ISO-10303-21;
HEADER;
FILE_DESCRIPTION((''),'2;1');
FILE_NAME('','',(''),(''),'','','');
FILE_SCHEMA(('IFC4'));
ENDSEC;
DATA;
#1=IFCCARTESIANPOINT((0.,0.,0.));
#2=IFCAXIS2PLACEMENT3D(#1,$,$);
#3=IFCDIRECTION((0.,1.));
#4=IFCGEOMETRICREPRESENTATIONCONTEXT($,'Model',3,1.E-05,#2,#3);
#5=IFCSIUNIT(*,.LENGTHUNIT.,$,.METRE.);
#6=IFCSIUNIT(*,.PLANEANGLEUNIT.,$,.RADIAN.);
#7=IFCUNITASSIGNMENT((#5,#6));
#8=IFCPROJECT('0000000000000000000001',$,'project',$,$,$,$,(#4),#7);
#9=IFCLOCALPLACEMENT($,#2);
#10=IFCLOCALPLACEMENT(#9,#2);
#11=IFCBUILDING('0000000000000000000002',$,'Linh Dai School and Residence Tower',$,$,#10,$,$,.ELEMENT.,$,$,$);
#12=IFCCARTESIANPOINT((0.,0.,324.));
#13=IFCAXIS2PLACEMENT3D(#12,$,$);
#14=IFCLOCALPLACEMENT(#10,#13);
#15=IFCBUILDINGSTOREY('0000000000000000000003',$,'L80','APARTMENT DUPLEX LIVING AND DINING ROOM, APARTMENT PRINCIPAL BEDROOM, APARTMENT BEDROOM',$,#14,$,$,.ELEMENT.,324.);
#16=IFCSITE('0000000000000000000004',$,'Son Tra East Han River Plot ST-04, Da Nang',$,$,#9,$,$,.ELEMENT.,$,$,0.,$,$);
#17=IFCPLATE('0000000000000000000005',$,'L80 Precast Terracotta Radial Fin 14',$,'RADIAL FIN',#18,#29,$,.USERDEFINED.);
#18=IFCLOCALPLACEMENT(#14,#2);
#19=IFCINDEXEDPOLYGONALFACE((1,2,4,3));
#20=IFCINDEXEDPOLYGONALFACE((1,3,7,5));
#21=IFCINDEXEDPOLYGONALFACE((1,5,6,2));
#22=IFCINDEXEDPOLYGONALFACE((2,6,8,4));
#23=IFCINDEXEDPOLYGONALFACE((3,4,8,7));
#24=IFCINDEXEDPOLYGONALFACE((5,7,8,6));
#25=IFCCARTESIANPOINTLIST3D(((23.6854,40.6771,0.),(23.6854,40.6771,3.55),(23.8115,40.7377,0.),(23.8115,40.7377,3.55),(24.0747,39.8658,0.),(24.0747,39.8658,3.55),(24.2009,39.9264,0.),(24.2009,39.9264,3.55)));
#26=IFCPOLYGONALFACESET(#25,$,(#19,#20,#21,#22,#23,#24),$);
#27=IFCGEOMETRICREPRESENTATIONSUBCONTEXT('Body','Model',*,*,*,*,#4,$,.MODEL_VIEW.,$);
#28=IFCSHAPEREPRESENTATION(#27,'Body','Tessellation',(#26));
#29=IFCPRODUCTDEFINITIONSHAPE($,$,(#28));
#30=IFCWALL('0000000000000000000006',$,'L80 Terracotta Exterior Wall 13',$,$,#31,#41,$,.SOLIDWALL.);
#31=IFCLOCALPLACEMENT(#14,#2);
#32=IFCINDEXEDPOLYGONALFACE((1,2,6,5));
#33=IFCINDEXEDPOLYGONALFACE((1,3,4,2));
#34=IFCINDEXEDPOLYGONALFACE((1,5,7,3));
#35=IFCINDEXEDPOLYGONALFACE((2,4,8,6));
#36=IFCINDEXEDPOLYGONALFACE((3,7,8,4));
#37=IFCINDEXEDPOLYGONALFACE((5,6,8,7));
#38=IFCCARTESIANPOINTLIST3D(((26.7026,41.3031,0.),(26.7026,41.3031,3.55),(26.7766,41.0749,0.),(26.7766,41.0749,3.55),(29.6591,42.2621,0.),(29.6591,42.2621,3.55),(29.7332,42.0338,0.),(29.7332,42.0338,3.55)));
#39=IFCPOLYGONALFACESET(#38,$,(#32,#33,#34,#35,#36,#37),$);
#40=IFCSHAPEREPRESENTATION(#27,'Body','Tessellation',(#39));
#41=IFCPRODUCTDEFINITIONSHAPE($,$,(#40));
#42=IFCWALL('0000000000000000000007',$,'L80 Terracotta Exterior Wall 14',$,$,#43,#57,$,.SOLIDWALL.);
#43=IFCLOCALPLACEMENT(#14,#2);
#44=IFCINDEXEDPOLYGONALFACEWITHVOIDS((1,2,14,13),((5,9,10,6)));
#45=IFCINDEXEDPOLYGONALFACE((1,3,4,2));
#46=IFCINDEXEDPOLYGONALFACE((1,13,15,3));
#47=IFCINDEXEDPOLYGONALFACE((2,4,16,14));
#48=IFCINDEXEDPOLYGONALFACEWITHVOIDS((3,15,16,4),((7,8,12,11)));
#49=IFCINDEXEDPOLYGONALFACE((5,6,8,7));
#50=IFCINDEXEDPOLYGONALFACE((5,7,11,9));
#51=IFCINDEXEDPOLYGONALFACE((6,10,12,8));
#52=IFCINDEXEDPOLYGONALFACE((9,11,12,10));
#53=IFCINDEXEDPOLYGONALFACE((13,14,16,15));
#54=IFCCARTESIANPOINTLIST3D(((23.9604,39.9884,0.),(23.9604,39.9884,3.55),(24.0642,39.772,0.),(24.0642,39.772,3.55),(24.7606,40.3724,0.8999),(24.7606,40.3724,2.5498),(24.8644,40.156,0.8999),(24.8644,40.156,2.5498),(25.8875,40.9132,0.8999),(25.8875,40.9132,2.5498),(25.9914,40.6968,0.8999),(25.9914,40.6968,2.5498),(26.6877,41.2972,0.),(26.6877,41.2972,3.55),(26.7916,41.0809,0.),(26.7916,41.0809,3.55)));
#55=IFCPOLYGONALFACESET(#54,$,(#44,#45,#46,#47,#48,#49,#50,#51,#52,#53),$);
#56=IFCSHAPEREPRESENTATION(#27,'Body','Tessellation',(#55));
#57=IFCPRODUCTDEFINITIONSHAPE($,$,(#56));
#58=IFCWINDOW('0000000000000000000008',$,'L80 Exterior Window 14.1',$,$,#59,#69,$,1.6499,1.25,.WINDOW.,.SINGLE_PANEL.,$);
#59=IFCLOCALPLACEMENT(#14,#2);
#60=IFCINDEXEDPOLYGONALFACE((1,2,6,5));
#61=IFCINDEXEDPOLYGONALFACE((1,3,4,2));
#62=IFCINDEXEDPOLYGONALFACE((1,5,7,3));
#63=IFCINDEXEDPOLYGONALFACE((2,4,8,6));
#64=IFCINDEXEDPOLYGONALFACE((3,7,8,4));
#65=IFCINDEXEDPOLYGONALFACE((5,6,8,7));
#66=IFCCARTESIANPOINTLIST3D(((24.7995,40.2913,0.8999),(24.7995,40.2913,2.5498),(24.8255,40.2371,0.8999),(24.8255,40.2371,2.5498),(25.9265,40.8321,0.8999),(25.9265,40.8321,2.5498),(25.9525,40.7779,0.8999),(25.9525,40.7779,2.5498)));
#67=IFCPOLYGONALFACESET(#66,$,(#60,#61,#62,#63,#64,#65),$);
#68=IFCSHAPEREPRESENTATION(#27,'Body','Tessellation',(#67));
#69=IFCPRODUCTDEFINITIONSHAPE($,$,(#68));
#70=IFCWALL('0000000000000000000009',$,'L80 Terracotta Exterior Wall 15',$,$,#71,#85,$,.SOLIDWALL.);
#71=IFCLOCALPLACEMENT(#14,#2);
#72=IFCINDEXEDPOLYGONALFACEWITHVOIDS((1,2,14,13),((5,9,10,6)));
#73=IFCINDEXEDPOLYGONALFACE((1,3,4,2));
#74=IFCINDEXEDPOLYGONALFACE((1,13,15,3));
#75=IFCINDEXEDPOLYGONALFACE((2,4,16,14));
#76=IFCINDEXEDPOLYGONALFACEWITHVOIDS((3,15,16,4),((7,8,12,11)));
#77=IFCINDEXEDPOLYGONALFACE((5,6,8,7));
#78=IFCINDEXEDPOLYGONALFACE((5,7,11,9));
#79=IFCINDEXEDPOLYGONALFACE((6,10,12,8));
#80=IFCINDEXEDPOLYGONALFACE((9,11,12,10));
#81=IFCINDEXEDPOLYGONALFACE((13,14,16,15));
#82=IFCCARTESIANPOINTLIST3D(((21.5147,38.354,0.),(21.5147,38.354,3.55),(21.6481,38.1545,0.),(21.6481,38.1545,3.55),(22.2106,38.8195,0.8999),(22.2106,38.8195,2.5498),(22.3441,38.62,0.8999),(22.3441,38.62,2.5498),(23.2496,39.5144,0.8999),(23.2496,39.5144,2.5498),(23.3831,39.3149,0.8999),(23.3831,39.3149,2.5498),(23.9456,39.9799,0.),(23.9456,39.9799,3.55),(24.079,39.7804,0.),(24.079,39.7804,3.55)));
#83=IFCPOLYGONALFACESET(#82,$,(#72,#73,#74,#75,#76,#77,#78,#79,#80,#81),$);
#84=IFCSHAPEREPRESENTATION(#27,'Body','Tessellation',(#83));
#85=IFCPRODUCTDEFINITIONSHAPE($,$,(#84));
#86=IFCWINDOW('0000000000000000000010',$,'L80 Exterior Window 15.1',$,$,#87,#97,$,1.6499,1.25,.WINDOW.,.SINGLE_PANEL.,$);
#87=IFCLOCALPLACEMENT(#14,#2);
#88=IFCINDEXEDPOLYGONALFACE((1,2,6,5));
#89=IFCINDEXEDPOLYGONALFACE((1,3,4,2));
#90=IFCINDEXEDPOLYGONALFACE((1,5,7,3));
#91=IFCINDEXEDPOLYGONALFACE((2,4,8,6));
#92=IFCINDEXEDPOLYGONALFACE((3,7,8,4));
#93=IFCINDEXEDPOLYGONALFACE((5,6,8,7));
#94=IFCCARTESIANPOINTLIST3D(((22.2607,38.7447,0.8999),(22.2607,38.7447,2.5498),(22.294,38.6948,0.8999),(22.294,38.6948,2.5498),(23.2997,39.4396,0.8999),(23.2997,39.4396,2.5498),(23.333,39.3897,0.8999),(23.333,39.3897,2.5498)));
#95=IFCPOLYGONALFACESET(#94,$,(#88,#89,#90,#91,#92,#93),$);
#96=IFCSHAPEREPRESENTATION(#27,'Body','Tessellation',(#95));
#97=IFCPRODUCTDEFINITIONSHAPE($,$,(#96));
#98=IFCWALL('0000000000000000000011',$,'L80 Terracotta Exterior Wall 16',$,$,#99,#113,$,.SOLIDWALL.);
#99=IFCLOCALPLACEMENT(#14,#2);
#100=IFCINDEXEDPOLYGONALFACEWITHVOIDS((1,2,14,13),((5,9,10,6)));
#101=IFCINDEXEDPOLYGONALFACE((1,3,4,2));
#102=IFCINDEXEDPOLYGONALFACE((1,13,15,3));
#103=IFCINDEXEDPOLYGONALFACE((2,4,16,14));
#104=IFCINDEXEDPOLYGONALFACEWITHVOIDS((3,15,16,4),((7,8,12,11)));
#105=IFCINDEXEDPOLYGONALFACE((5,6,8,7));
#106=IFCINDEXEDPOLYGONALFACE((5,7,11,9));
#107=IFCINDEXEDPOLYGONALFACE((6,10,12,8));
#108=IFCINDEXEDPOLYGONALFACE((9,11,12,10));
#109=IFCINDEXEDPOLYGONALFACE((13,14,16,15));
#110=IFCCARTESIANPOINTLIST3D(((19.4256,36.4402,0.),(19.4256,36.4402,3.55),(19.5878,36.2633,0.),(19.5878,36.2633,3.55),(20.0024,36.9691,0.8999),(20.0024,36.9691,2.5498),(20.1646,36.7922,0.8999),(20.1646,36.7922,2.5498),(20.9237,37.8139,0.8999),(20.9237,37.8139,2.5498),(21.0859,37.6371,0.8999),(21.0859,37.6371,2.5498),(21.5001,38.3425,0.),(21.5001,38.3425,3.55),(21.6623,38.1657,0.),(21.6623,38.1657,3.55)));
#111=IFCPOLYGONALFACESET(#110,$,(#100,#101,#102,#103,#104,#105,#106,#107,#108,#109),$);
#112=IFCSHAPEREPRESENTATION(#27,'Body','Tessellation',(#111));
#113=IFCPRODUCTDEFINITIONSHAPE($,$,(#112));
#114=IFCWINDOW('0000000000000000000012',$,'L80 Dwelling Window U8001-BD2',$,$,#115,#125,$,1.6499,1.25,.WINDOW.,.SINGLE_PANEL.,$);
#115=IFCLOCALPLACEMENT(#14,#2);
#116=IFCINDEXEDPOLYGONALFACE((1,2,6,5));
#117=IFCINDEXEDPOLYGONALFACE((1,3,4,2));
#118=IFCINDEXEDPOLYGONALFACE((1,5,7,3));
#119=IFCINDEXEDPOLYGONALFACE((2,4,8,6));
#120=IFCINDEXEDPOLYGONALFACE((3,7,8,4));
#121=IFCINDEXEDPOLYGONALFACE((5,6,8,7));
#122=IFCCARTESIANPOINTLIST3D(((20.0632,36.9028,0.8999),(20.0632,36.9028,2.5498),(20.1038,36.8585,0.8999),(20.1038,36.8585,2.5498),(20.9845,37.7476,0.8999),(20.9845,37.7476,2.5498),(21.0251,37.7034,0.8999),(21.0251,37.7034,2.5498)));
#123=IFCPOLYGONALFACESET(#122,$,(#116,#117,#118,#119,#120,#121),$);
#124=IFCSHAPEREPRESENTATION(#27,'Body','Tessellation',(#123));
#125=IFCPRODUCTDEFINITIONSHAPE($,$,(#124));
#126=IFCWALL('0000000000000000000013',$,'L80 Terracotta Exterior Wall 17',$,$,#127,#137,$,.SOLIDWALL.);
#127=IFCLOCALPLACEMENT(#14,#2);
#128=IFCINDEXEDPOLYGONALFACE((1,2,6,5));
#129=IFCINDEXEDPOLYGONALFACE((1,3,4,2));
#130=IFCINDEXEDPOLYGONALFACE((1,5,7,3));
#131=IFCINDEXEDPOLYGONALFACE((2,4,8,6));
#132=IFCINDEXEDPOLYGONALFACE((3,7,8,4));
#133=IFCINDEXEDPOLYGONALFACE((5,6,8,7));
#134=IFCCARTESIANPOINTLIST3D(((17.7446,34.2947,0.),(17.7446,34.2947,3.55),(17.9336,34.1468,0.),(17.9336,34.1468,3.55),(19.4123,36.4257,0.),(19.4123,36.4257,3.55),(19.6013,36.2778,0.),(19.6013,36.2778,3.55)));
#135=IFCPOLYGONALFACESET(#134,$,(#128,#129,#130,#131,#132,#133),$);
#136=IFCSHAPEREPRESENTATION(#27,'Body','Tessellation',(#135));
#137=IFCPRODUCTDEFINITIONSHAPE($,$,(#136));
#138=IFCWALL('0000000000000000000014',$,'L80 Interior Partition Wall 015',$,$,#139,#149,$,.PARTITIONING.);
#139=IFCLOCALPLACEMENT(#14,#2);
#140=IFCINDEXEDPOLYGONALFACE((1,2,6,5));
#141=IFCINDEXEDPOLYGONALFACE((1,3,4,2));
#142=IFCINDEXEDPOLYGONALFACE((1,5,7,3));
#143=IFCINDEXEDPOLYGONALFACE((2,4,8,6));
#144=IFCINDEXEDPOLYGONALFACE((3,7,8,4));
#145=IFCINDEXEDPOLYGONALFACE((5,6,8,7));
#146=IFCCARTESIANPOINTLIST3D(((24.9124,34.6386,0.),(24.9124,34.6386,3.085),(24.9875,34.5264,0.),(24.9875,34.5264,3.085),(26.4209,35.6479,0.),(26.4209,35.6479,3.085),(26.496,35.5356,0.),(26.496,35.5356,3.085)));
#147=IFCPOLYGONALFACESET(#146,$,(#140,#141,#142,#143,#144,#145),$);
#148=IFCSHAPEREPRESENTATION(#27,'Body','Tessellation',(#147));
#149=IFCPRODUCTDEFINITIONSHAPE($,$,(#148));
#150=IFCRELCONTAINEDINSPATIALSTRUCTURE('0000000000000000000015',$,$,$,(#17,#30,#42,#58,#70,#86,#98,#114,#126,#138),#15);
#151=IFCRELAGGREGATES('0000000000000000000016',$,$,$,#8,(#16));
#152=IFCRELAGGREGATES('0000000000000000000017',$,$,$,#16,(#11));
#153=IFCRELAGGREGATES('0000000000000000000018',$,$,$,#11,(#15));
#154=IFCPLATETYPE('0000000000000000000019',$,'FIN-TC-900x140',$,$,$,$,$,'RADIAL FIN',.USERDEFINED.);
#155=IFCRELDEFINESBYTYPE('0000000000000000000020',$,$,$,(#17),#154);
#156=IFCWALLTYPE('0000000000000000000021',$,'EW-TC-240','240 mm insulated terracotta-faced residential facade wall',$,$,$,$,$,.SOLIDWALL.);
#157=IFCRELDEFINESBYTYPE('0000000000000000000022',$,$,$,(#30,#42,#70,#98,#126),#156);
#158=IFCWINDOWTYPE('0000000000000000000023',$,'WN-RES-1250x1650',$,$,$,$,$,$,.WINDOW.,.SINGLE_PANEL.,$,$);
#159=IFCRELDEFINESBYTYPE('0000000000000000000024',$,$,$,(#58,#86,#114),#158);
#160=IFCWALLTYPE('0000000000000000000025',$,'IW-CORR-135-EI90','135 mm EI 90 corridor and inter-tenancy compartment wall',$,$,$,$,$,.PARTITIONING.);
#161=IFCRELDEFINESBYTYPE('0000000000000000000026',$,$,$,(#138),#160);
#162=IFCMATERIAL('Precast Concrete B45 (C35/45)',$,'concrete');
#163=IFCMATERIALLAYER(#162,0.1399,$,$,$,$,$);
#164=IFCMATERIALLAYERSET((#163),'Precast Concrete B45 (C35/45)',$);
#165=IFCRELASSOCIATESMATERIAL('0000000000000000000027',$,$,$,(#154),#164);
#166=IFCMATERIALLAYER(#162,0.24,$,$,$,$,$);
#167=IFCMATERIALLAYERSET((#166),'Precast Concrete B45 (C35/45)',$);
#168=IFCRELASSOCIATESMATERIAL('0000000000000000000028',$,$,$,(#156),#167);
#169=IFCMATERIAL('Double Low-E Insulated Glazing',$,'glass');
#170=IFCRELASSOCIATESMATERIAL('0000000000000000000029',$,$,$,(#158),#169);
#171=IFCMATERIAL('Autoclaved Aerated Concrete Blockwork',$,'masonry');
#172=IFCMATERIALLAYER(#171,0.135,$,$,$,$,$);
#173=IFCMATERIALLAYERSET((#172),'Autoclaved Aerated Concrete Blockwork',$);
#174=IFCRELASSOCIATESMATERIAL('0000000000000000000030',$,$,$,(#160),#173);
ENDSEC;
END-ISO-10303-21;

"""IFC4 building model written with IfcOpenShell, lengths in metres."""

from ifc_helpers import new_model, si_unit, direction, frame, frame_2d, origin, origin_2d, place, context, subcontext, project, spatial, rectangle, extrude, source, transform, mapped, material, layer, layer_set, type_object, element, fill, save


model = new_model("IFC4")

# Units and contexts
model_context = context("Model", 3, precision=1e-05, world=origin(), true_north=direction((0.0, 1.0)))
body_context = subcontext(model_context, "Body", "Model", "MODEL_VIEW")
ifc_project = project(units=[si_unit("LENGTHUNIT", "METRE"), si_unit("PLANEANGLEUNIT", "RADIAN")], contexts=[model_context])

# Site, building, storey
site_placement = place(None, origin())
site = spatial("IfcSite", under=ifc_project, at=site_placement, Name="Son Tra East Han River Plot ST-04, Da Nang", CompositionType="ELEMENT", RefElevation=0.0)
building_placement = place(site_placement, origin())
building = spatial("IfcBuilding", under=site, at=building_placement, Name="Linh Dai School and Residence Tower", CompositionType="ELEMENT")
storey_placement = place(building_placement, frame((0.0, 0.0, 324.0)))
storey = spatial("IfcBuildingStorey", under=building, at=storey_placement, Name="L80", Description="APARTMENT DUPLEX LIVING AND DINING ROOM, APARTMENT PRINCIPAL BEDROOM, APARTMENT BEDROOM", CompositionType="ELEMENT", Elevation=324.0)

# Plate
ifc_material_1 = material(Name="Precast Concrete B45 (C35/45)", Category="concrete")
ifc_layer_1 = layer(ifc_material_1, 0.1399)
ifc_layer_set_1 = layer_set([ifc_layer_1], Name="Precast Concrete B45 (C35/45)")
plate_type = type_object("IfcPlateType", Name="FIN-TC-900x140", ElementType="RADIAL FIN", PredefinedType="USERDEFINED", material=ifc_layer_set_1)
shared_shape_1 = source(origin(), body_context, "Body", "SweptSolid", [
    extrude(rectangle(XDim=0.8999, YDim=0.1399, at=origin_2d()), origin(), (0.0, 0.0, 1.0), 3.55),
])
plate_placement = place(storey_placement, frame((23.9431, 40.3018, 0.0), z_axis=(0.0, 0.0, 1.0), x_axis=(-0.432674, 0.901551, 0.0)))
element("IfcPlate", 1, at=plate_placement, inside=storey, type_object=plate_type, Name="L80 Precast Terracotta Radial Fin 14", ObjectType="RADIAL FIN", PredefinedType="USERDEFINED", context=body_context, shape_type="MappedRepresentation", body=[
    mapped(shared_shape_1, transform((0.0, 0.0, 0.0), x_axis=(1.0, 0.0, 0.0), y_axis=(0.0, 1.0, 0.0), z_axis=(0.0, 0.0, 1.0), scale=1.0)),
])

# Wall
ifc_layer_2 = layer(ifc_material_1, 0.24)
ifc_layer_set_2 = layer_set([ifc_layer_2], Name="Precast Concrete B45 (C35/45)")
wall_type_1 = type_object("IfcWallType", Name="EW-TC-240", Description="240 mm insulated terracotta-faced residential facade wall", PredefinedType="SOLIDWALL", material=ifc_layer_set_2)
wall_1_placement = place(storey_placement, frame((26.7395, 41.189, 0.0), z_axis=(0.0, 0.0, 1.0), x_axis=(0.951213, 0.308535, 0.0)))
element("IfcWall", 2, at=wall_1_placement, inside=storey, type_object=wall_type_1, Name="L80 Terracotta Exterior Wall 13", PredefinedType="SOLIDWALL", context=body_context, shape_type="SweptSolid", body=[
    extrude(rectangle(XDim=3.1082, YDim=0.24, at=frame_2d((1.5542, 0.0))), origin(), (0.0, 0.0, 1.0), 3.55),
])

# Walls, openings, windows
wall_2_placement = place(storey_placement, frame((24.0122, 39.8801, 0.0), z_axis=(0.0, 0.0, 1.0), x_axis=(0.901557, 0.43266, 0.0)))
wall_2 = element("IfcWall", 3, at=wall_2_placement, inside=storey, type_object=wall_type_1, Name="L80 Terracotta Exterior Wall 14", PredefinedType="SOLIDWALL", context=body_context, shape_type="SweptSolid", body=[
    extrude(rectangle(XDim=3.0251, YDim=0.24, at=frame_2d((1.5127, 0.0))), origin(), (0.0, 0.0, 1.0), 3.55),
])
opening_1_placement = place(wall_2_placement, frame((0.8877, 0.0, 0.8999)))
opening_1 = element("IfcOpeningElement", 4, at=opening_1_placement, cuts=wall_2, PredefinedType="OPENING", context=body_context, shape_type="SweptSolid", body=[
    extrude(rectangle(XDim=1.25, YDim=1.6499, at=origin_2d()), frame((0.625, 0.1299, 0.825), z_axis=(0.0, -1.0, 0.0), x_axis=(1.0, 0.0, 0.0)), (0.0, 0.0, 1.0), 0.26),
])
ifc_material_2 = material(Name="Double Low-E Insulated Glazing", Category="glass")
window_type = type_object("IfcWindowType", Name="WN-RES-1250x1650", PartitioningType="SINGLE_PANEL", PredefinedType="WINDOW", material=ifc_material_2)
shared_shape_2 = source(origin(), body_context, "Body", "SweptSolid", [
    extrude(rectangle(XDim=1.25, YDim=1.6499, at=origin_2d()), frame((0.625, 0.03, 0.825), z_axis=(0.0, -1.0, 0.0), x_axis=(1.0, 0.0, 0.0)), (0.0, 0.0, 1.0), 0.0601),
])
window_1_placement = place(opening_1_placement, origin())
window_1 = element("IfcWindow", 5, at=window_1_placement, inside=storey, type_object=window_type, Name="L80 Exterior Window 14.1", OverallHeight=1.6499, OverallWidth=1.25, PartitioningType="SINGLE_PANEL", PredefinedType="WINDOW", context=body_context, shape_type="MappedRepresentation", body=[
    mapped(shared_shape_2, transform((0.0, 0.0, 0.0), x_axis=(1.0, 0.0, 0.0), y_axis=(0.0, 1.0, 0.0), z_axis=(0.0, 0.0, 1.0), scale=1.0)),
])
fill(opening_1, window_1)
wall_3_placement = place(storey_placement, frame((21.5813, 38.2542, 0.0), z_axis=(0.0, 0.0, 1.0), x_axis=(0.831202, 0.555971, 0.0)))
wall_3 = element("IfcWall", 6, at=wall_3_placement, inside=storey, type_object=wall_type_1, Name="L80 Terracotta Exterior Wall 15", PredefinedType="SOLIDWALL", context=body_context, shape_type="SweptSolid", body=[
    extrude(rectangle(XDim=2.9246, YDim=0.24, at=frame_2d((1.4624, 0.0))), origin(), (0.0, 0.0, 1.0), 3.55),
])
opening_2_placement = place(wall_3_placement, frame((0.8374, 0.0, 0.8999)))
opening_2 = element("IfcOpeningElement", 7, at=opening_2_placement, cuts=wall_3, PredefinedType="OPENING", context=body_context, shape_type="SweptSolid", body=[
    extrude(rectangle(XDim=1.25, YDim=1.6499, at=origin_2d()), frame((0.625, 0.1299, 0.825), z_axis=(0.0, -1.0, 0.0), x_axis=(1.0, 0.0, 0.0)), (0.0, 0.0, 1.0), 0.26),
])
window_2_placement = place(opening_2_placement, origin())
window_2 = element("IfcWindow", 8, at=window_2_placement, inside=storey, type_object=window_type, Name="L80 Exterior Window 15.1", OverallHeight=1.6499, OverallWidth=1.25, PartitioningType="SINGLE_PANEL", PredefinedType="WINDOW", context=body_context, shape_type="MappedRepresentation", body=[
    mapped(shared_shape_2, transform((0.0, 0.0, 0.0), x_axis=(1.0, 0.0, 0.0), y_axis=(0.0, 1.0, 0.0), z_axis=(0.0, 0.0, 1.0), scale=1.0)),
])
fill(opening_2, window_2)
wall_4_placement = place(storey_placement, frame((19.5068, 36.3518, 0.0), z_axis=(0.0, 0.0, 1.0), x_axis=(0.737021, 0.67587, 0.0)))
wall_4 = element("IfcWall", 9, at=wall_4_placement, inside=storey, type_object=wall_type_1, Name="L80 Terracotta Exterior Wall 16", PredefinedType="SOLIDWALL", context=body_context, shape_type="SweptSolid", body=[
    extrude(rectangle(XDim=2.8147, YDim=0.24, at=frame_2d((1.4072, 0.0))), origin(), (0.0, 0.0, 1.0), 3.55),
])
opening_3_placement = place(wall_4_placement, frame((0.7825, 0.0, 0.8999)))
opening_3 = element("IfcOpeningElement", 10, at=opening_3_placement, cuts=wall_4, PredefinedType="OPENING", context=body_context, shape_type="SweptSolid", body=[
    extrude(rectangle(XDim=1.25, YDim=1.6499, at=origin_2d()), frame((0.625, 0.1299, 0.825), z_axis=(0.0, -1.0, 0.0), x_axis=(1.0, 0.0, 0.0)), (0.0, 0.0, 1.0), 0.26),
])
window_3_placement = place(opening_3_placement, origin())
window_3 = element("IfcWindow", 11, at=window_3_placement, inside=storey, type_object=window_type, Name="L80 Dwelling Window U8001-BD2", OverallHeight=1.6499, OverallWidth=1.25, PartitioningType="SINGLE_PANEL", PredefinedType="WINDOW", context=body_context, shape_type="MappedRepresentation", body=[
    mapped(shared_shape_2, transform((0.0, 0.0, 0.0), x_axis=(1.0, 0.0, 0.0), y_axis=(0.0, 1.0, 0.0), z_axis=(0.0, 0.0, 1.0), scale=1.0)),
])
fill(opening_3, window_3)

# Walls
wall_5_placement = place(storey_placement, frame((17.8391, 34.2207, 0.0), z_axis=(0.0, 0.0, 1.0), x_axis=(0.616286, 0.787522, 0.0)))
element("IfcWall", 12, at=wall_5_placement, inside=storey, type_object=wall_type_1, Name="L80 Terracotta Exterior Wall 17", PredefinedType="SOLIDWALL", context=body_context, shape_type="SweptSolid", body=[
    extrude(rectangle(XDim=2.7061, YDim=0.24, at=frame_2d((1.353, 0.0))), origin(), (0.0, 0.0, 1.0), 3.55),
])
ifc_material_3 = material(Name="Autoclaved Aerated Concrete Blockwork", Category="masonry")
ifc_layer_3 = layer(ifc_material_3, 0.135)
ifc_layer_set_3 = layer_set([ifc_layer_3], Name="Autoclaved Aerated Concrete Blockwork")
wall_type_2 = type_object("IfcWallType", Name="IW-CORR-135-EI90", Description="135 mm EI 90 corridor and inter-tenancy compartment wall", PredefinedType="PARTITIONING", material=ifc_layer_set_3)
wall_6_placement = place(storey_placement, frame((24.95, 34.5825, 0.0), z_axis=(0.0, 0.0, 1.0), x_axis=(0.831139, 0.556065, 0.0)))
element("IfcWall", 13, at=wall_6_placement, inside=storey, type_object=wall_type_2, Name="L80 Interior Partition Wall 015", PredefinedType="PARTITIONING", context=body_context, shape_type="SweptSolid", body=[
    extrude(rectangle(XDim=1.8149, YDim=0.135, at=frame_2d((0.9075, 0.0))), origin(), (0.0, 0.0, 1.0), 3.085),
])

save(model, "model.ifc")
